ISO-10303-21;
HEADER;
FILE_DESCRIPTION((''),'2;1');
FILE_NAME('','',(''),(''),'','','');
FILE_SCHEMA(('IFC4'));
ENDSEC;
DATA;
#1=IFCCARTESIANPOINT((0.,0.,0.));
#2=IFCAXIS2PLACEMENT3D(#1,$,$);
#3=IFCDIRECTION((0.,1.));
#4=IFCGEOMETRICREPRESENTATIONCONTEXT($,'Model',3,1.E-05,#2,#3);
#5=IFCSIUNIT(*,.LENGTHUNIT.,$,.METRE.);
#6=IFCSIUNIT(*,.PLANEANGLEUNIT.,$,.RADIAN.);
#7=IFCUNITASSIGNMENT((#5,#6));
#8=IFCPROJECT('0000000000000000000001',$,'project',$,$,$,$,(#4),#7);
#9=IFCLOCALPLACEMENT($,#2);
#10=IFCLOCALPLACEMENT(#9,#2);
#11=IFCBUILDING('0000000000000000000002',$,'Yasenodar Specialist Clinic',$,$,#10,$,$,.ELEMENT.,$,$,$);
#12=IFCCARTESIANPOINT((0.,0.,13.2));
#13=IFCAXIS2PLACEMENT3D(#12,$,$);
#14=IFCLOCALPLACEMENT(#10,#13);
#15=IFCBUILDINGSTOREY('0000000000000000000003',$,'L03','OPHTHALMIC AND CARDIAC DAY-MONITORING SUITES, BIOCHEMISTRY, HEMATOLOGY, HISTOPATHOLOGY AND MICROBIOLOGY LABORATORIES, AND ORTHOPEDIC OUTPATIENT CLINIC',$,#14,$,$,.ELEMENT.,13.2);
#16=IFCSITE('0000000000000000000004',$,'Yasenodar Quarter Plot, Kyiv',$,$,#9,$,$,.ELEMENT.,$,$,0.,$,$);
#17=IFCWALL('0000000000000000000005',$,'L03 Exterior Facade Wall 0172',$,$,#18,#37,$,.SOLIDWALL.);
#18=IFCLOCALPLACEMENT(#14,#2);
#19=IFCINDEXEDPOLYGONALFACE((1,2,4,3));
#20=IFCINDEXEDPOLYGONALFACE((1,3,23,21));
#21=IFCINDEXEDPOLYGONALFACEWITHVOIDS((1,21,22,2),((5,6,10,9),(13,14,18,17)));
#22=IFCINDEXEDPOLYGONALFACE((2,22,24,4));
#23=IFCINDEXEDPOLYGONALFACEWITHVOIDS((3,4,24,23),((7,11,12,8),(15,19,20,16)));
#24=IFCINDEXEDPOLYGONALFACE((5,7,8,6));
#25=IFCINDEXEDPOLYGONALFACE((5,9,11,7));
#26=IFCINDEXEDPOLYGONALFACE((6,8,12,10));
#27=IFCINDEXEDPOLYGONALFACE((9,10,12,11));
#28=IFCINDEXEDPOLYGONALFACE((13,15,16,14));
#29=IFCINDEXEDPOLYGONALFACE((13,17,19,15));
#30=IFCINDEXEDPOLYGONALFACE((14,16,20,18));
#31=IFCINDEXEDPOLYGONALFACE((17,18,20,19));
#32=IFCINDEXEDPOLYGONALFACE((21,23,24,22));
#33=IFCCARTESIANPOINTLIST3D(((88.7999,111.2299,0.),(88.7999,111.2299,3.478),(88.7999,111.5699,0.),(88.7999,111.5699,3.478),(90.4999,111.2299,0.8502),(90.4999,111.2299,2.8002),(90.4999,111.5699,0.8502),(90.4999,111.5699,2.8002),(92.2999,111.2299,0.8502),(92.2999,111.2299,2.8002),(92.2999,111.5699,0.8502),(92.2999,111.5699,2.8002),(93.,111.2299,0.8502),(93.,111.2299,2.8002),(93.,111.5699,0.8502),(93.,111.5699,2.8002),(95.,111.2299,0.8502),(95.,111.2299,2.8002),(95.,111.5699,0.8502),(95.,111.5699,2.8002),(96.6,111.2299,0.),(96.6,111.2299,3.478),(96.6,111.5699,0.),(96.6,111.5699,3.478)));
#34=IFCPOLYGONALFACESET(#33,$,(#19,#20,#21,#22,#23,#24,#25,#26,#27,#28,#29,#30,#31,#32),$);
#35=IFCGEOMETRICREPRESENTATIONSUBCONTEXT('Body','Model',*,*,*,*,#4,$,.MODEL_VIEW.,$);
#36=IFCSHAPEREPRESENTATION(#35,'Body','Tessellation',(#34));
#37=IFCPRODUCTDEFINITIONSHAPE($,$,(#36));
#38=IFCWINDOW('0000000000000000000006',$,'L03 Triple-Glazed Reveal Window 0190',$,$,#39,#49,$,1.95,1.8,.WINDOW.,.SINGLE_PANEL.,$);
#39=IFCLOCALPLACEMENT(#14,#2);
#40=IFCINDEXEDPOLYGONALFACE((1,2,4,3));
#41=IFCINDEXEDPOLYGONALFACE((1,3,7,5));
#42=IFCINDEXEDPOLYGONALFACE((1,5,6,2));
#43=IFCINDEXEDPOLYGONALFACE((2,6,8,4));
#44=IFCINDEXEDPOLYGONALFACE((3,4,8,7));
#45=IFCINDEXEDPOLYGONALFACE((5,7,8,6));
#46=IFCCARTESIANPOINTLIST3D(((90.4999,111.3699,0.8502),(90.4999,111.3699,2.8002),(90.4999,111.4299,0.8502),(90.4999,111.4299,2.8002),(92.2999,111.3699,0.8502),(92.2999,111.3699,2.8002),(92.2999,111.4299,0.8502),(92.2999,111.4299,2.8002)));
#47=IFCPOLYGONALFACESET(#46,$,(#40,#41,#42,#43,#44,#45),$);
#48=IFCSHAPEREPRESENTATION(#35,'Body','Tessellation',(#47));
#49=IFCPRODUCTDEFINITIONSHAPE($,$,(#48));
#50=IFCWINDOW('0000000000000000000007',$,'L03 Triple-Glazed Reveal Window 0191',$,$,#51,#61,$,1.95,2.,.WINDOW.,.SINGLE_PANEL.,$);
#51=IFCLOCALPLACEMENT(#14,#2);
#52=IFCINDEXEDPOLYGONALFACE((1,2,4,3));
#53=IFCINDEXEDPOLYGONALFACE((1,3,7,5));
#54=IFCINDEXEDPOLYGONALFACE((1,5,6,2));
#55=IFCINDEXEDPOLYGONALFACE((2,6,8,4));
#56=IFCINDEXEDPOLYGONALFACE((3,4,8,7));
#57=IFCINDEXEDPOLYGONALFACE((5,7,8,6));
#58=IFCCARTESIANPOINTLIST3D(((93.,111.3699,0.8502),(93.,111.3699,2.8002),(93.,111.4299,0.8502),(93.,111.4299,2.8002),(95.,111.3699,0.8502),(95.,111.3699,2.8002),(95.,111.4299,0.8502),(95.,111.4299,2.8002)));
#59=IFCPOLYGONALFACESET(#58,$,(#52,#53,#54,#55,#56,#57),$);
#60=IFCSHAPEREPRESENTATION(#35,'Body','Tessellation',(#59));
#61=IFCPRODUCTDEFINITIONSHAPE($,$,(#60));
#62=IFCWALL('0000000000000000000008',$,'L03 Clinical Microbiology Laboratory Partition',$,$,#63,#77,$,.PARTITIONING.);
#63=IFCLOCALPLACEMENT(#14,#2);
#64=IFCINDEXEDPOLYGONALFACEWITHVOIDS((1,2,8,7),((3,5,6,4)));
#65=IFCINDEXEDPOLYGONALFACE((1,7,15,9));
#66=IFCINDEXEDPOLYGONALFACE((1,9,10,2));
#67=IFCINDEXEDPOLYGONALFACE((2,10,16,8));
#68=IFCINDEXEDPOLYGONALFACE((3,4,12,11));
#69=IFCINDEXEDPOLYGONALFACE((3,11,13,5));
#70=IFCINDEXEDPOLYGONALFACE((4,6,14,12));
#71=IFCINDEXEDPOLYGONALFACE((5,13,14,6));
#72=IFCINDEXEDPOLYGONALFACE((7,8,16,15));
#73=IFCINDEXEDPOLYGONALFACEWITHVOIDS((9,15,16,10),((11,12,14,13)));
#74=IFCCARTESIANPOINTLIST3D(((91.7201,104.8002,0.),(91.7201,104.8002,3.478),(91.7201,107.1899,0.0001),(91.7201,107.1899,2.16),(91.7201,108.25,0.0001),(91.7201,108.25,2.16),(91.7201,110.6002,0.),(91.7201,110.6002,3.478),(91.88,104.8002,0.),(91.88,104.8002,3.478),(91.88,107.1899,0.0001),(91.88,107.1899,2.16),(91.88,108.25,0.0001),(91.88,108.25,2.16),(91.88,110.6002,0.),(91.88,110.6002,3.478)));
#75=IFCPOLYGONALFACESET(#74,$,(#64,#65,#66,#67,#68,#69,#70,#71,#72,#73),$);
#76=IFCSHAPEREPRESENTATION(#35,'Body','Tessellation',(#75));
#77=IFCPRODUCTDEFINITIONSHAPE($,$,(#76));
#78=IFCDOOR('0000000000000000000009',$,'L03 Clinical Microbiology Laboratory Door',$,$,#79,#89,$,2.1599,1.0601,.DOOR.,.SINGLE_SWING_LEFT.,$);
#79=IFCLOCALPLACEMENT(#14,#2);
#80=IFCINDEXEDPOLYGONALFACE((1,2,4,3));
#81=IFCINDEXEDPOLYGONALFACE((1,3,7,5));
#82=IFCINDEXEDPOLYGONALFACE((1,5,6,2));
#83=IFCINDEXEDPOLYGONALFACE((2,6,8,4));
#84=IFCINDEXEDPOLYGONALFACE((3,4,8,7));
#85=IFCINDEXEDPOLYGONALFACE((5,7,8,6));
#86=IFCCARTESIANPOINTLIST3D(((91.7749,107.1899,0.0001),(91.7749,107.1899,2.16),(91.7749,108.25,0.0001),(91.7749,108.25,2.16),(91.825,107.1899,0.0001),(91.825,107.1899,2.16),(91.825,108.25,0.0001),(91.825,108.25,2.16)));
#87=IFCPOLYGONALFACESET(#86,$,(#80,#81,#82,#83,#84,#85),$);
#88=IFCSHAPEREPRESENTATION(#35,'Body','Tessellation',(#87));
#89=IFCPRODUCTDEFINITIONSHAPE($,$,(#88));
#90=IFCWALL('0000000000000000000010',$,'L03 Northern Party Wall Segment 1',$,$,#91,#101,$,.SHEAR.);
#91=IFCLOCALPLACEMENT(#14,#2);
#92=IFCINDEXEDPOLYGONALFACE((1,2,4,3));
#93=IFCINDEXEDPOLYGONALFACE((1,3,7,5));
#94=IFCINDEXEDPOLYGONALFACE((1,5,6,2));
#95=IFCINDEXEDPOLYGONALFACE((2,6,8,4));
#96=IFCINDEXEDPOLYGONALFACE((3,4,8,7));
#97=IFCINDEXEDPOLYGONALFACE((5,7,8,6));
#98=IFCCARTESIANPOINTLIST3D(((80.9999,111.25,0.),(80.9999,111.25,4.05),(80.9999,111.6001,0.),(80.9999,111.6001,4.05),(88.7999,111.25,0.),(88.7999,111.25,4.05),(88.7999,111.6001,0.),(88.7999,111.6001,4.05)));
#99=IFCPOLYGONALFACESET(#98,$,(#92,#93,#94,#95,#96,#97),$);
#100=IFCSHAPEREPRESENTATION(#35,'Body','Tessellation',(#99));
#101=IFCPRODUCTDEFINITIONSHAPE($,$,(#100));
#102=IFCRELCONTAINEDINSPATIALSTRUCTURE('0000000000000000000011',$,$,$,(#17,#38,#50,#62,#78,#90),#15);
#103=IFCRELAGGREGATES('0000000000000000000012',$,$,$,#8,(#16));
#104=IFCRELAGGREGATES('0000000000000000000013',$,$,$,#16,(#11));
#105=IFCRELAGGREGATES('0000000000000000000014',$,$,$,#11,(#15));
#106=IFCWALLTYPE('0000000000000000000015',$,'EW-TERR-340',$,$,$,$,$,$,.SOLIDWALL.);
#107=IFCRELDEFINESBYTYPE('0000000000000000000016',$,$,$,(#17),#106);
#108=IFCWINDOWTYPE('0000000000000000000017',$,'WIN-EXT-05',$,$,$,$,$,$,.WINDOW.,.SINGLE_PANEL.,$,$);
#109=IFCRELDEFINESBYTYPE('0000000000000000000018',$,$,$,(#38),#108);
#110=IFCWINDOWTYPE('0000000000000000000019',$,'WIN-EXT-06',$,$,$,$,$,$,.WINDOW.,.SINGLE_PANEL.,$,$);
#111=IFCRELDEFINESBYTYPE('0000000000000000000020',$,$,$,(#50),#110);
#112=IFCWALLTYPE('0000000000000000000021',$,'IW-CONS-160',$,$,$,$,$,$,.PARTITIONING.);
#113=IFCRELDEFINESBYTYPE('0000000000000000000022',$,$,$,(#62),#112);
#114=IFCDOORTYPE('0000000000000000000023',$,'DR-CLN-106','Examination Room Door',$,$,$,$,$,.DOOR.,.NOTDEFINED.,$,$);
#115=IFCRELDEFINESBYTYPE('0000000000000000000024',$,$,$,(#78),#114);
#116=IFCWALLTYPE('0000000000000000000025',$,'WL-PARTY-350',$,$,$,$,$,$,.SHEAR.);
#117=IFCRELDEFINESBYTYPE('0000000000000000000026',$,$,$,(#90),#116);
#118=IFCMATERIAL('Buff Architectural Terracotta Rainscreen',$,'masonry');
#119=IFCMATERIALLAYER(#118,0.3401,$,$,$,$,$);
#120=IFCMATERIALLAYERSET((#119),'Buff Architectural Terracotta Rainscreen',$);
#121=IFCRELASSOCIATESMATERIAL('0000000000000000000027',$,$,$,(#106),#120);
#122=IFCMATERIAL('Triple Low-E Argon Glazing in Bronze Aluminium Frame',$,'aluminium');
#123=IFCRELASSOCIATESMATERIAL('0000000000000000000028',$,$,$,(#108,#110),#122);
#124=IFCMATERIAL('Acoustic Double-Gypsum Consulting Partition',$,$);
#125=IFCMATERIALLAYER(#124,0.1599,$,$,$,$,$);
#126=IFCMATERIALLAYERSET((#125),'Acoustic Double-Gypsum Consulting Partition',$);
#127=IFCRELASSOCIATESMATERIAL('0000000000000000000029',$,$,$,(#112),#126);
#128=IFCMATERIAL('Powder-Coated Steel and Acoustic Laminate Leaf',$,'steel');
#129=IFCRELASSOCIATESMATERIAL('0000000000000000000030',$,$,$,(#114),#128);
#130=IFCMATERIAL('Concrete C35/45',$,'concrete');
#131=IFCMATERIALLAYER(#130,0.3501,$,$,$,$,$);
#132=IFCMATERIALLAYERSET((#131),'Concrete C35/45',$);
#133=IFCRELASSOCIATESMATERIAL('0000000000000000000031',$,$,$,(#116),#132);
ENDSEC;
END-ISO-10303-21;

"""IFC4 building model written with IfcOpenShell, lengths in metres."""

from ifc_helpers import new_model, si_unit, direction, frame, frame_2d, origin, place, context, subcontext, project, spatial, rectangle, extrude, material, layer, layer_set, type_object, element, fill, save


model = new_model("IFC4")

# Units and contexts
model_context = context("Model", 3, precision=1e-05, world=origin(), true_north=direction((0.0, 1.0)))
body_context = subcontext(model_context, "Body", "Model", "MODEL_VIEW")
ifc_project = project(units=[si_unit("LENGTHUNIT", "METRE"), si_unit("PLANEANGLEUNIT", "RADIAN")], contexts=[model_context])

# Site, building, storey
site_placement = place(None, origin())
site = spatial("IfcSite", under=ifc_project, at=site_placement, Name="Yasenodar Quarter Plot, Kyiv", CompositionType="ELEMENT", RefElevation=0.0)
building_placement = place(site_placement, origin())
building = spatial("IfcBuilding", under=site, at=building_placement, Name="Yasenodar Specialist Clinic", CompositionType="ELEMENT")
storey_placement = place(building_placement, frame((0.0, 0.0, 13.2)))
storey = spatial("IfcBuildingStorey", under=building, at=storey_placement, Name="L03", Description="OPHTHALMIC AND CARDIAC DAY-MONITORING SUITES, BIOCHEMISTRY, HEMATOLOGY, HISTOPATHOLOGY AND MICROBIOLOGY LABORATORIES, AND ORTHOPEDIC OUTPATIENT CLINIC", CompositionType="ELEMENT", Elevation=13.2)

# Wall, openings, windows
ifc_material_1 = material(Name="Buff Architectural Terracotta Rainscreen", Category="masonry")
ifc_layer_1 = layer(ifc_material_1, 0.3401)
ifc_layer_set_1 = layer_set([ifc_layer_1], Name="Buff Architectural Terracotta Rainscreen")
wall_type_1 = type_object("IfcWallType", Name="EW-TERR-340", PredefinedType="SOLIDWALL", material=ifc_layer_set_1)
ifc_material_2 = material(Name="Triple Low-E Argon Glazing in Bronze Aluminium Frame", Category="aluminium")
window_type_1 = type_object("IfcWindowType", Name="WIN-EXT-05", PartitioningType="SINGLE_PANEL", PredefinedType="WINDOW", material=ifc_material_2)
window_type_2 = type_object("IfcWindowType", Name="WIN-EXT-06", PartitioningType="SINGLE_PANEL", PredefinedType="WINDOW", material=ifc_material_2)
wall_1_placement = place(storey_placement, frame((88.8, 111.3999, 0.0), z_axis=(0.0, 0.0, 1.0), x_axis=(1.0, 0.0, 0.0)))
wall_1 = element("IfcWall", 1, at=wall_1_placement, inside=storey, type_object=wall_type_1, Name="L03 Exterior Facade Wall 0172", PredefinedType="SOLIDWALL", context=body_context, shape_type="SweptSolid", body=[
    extrude(rectangle(XDim=7.8, YDim=0.3401, at=frame_2d((3.8999, 0.0))), origin(), (0.0, 0.0, 1.0), 3.478),
])
opening_1_placement = place(wall_1_placement, frame((1.7, 0.0, 0.8501)))
opening_1 = element("IfcOpeningElement", 2, at=opening_1_placement, cuts=wall_1, PredefinedType="OPENING", context=body_context, shape_type="SweptSolid", body=[
    extrude(rectangle(XDim=1.8, YDim=1.95, at=frame_2d((0.8999, 0.9751))), frame((0.0, 0.1802, 0.0), z_axis=(0.0, -1.0, 0.0), x_axis=(1.0, 0.0, 0.0)), (0.0, 0.0, 1.0), 0.3601),
])
opening_2_placement = place(wall_1_placement, frame((4.2, 0.0, 0.8501)))
opening_2 = element("IfcOpeningElement", 3, at=opening_2_placement, cuts=wall_1, PredefinedType="OPENING", context=body_context, shape_type="SweptSolid", body=[
    extrude(rectangle(XDim=2.0, YDim=1.95, at=frame_2d((1.0, 0.9751))), frame((0.0, 0.1802, 0.0), z_axis=(0.0, -1.0, 0.0), x_axis=(1.0, 0.0, 0.0)), (0.0, 0.0, 1.0), 0.3601),
])
window_1_placement = place(opening_1_placement, origin())
window_1 = element("IfcWindow", 4, at=window_1_placement, inside=storey, type_object=window_type_1, Name="L03 Triple-Glazed Reveal Window 0190", OverallHeight=1.95, OverallWidth=1.8, PartitioningType="SINGLE_PANEL", PredefinedType="WINDOW", context=body_context, shape_type="SweptSolid", body=[
    extrude(rectangle(XDim=1.8, YDim=1.95, at=frame_2d((0.8999, 0.9751))), frame((0.0, 0.03, 0.0), z_axis=(0.0, -1.0, 0.0), x_axis=(1.0, 0.0, 0.0)), (0.0, 0.0, 1.0), 0.0601),
])
fill(opening_1, window_1)
window_2_placement = place(opening_2_placement, origin())
window_2 = element("IfcWindow", 5, at=window_2_placement, inside=storey, type_object=window_type_2, Name="L03 Triple-Glazed Reveal Window 0191", OverallHeight=1.95, OverallWidth=2.0, PartitioningType="SINGLE_PANEL", PredefinedType="WINDOW", context=body_context, shape_type="SweptSolid", body=[
    extrude(rectangle(XDim=2.0, YDim=1.95, at=frame_2d((1.0, 0.9751))), frame((0.0, 0.03, 0.0), z_axis=(0.0, -1.0, 0.0), x_axis=(1.0, 0.0, 0.0)), (0.0, 0.0, 1.0), 0.0601),
])
fill(opening_2, window_2)

# Wall, opening, door
ifc_material_3 = material(Name="Acoustic Double-Gypsum Consulting Partition")
ifc_layer_2 = layer(ifc_material_3, 0.1599)
ifc_layer_set_2 = layer_set([ifc_layer_2], Name="Acoustic Double-Gypsum Consulting Partition")
wall_type_2 = type_object("IfcWallType", Name="IW-CONS-160", PredefinedType="PARTITIONING", material=ifc_layer_set_2)
wall_2_placement = place(storey_placement, frame((91.8, 110.6001, 0.0), z_axis=(0.0, 0.0, 1.0), x_axis=(0.0, -1.0, 0.0)))
wall_2 = element("IfcWall", 6, at=wall_2_placement, inside=storey, type_object=wall_type_2, Name="L03 Clinical Microbiology Laboratory Partition", PredefinedType="PARTITIONING", context=body_context, shape_type="SweptSolid", body=[
    extrude(rectangle(XDim=5.8, YDim=0.1599, at=frame_2d((2.8999, 0.0))), origin(), (0.0, 0.0, 1.0), 3.478),
])
opening_3_placement = place(wall_2_placement, frame((2.3501, 0.0, 0.0)))
opening_3 = element("IfcOpeningElement", 7, at=opening_3_placement, cuts=wall_2, PredefinedType="OPENING", context=body_context, shape_type="SweptSolid", body=[
    extrude(rectangle(XDim=1.0601, YDim=2.1599, at=frame_2d((0.53, 1.0801))), frame((0.0, 0.0898, 0.0), z_axis=(0.0, -1.0, 0.0), x_axis=(1.0, 0.0, 0.0)), (0.0, 0.0, 1.0), 0.1799),
])
ifc_material_4 = material(Name="Powder-Coated Steel and Acoustic Laminate Leaf", Category="steel")
door_type = type_object("IfcDoorType", Name="DR-CLN-106", Description="Examination Room Door", OperationType="NOTDEFINED", PredefinedType="DOOR", material=ifc_material_4)
door_placement = place(opening_3_placement, origin())
door = element("IfcDoor", 8, at=door_placement, inside=storey, type_object=door_type, Name="L03 Clinical Microbiology Laboratory Door", OperationType="SINGLE_SWING_LEFT", OverallHeight=2.1599, OverallWidth=1.0601, PredefinedType="DOOR", context=body_context, shape_type="SweptSolid", body=[
    extrude(rectangle(XDim=1.0601, YDim=2.1599, at=frame_2d((0.53, 1.0801))), frame((0.0, 0.0249, 0.0), z_axis=(0.0, -1.0, 0.0), x_axis=(1.0, 0.0, 0.0)), (0.0, 0.0, 1.0), 0.05),
])
fill(opening_3, door)

# Wall
ifc_material_5 = material(Name="Concrete C35/45", Category="concrete")
ifc_layer_3 = layer(ifc_material_5, 0.3501)
ifc_layer_set_3 = layer_set([ifc_layer_3], Name="Concrete C35/45")
wall_type_3 = type_object("IfcWallType", Name="WL-PARTY-350", PredefinedType="SHEAR", material=ifc_layer_set_3)
wall_3_placement = place(storey_placement, frame((81.0, 111.425, 0.0), z_axis=(0.0, 0.0, 1.0), x_axis=(1.0, 0.0, 0.0)))
element("IfcWall", 9, at=wall_3_placement, inside=storey, type_object=wall_type_3, Name="L03 Northern Party Wall Segment 1", PredefinedType="SHEAR", context=body_context, shape_type="SweptSolid", body=[
    extrude(rectangle(XDim=7.8, YDim=0.3501, at=frame_2d((3.8999, 0.0))), origin(), (0.0, 0.0, 1.0), 4.05),
])

save(model, "model.ifc")
